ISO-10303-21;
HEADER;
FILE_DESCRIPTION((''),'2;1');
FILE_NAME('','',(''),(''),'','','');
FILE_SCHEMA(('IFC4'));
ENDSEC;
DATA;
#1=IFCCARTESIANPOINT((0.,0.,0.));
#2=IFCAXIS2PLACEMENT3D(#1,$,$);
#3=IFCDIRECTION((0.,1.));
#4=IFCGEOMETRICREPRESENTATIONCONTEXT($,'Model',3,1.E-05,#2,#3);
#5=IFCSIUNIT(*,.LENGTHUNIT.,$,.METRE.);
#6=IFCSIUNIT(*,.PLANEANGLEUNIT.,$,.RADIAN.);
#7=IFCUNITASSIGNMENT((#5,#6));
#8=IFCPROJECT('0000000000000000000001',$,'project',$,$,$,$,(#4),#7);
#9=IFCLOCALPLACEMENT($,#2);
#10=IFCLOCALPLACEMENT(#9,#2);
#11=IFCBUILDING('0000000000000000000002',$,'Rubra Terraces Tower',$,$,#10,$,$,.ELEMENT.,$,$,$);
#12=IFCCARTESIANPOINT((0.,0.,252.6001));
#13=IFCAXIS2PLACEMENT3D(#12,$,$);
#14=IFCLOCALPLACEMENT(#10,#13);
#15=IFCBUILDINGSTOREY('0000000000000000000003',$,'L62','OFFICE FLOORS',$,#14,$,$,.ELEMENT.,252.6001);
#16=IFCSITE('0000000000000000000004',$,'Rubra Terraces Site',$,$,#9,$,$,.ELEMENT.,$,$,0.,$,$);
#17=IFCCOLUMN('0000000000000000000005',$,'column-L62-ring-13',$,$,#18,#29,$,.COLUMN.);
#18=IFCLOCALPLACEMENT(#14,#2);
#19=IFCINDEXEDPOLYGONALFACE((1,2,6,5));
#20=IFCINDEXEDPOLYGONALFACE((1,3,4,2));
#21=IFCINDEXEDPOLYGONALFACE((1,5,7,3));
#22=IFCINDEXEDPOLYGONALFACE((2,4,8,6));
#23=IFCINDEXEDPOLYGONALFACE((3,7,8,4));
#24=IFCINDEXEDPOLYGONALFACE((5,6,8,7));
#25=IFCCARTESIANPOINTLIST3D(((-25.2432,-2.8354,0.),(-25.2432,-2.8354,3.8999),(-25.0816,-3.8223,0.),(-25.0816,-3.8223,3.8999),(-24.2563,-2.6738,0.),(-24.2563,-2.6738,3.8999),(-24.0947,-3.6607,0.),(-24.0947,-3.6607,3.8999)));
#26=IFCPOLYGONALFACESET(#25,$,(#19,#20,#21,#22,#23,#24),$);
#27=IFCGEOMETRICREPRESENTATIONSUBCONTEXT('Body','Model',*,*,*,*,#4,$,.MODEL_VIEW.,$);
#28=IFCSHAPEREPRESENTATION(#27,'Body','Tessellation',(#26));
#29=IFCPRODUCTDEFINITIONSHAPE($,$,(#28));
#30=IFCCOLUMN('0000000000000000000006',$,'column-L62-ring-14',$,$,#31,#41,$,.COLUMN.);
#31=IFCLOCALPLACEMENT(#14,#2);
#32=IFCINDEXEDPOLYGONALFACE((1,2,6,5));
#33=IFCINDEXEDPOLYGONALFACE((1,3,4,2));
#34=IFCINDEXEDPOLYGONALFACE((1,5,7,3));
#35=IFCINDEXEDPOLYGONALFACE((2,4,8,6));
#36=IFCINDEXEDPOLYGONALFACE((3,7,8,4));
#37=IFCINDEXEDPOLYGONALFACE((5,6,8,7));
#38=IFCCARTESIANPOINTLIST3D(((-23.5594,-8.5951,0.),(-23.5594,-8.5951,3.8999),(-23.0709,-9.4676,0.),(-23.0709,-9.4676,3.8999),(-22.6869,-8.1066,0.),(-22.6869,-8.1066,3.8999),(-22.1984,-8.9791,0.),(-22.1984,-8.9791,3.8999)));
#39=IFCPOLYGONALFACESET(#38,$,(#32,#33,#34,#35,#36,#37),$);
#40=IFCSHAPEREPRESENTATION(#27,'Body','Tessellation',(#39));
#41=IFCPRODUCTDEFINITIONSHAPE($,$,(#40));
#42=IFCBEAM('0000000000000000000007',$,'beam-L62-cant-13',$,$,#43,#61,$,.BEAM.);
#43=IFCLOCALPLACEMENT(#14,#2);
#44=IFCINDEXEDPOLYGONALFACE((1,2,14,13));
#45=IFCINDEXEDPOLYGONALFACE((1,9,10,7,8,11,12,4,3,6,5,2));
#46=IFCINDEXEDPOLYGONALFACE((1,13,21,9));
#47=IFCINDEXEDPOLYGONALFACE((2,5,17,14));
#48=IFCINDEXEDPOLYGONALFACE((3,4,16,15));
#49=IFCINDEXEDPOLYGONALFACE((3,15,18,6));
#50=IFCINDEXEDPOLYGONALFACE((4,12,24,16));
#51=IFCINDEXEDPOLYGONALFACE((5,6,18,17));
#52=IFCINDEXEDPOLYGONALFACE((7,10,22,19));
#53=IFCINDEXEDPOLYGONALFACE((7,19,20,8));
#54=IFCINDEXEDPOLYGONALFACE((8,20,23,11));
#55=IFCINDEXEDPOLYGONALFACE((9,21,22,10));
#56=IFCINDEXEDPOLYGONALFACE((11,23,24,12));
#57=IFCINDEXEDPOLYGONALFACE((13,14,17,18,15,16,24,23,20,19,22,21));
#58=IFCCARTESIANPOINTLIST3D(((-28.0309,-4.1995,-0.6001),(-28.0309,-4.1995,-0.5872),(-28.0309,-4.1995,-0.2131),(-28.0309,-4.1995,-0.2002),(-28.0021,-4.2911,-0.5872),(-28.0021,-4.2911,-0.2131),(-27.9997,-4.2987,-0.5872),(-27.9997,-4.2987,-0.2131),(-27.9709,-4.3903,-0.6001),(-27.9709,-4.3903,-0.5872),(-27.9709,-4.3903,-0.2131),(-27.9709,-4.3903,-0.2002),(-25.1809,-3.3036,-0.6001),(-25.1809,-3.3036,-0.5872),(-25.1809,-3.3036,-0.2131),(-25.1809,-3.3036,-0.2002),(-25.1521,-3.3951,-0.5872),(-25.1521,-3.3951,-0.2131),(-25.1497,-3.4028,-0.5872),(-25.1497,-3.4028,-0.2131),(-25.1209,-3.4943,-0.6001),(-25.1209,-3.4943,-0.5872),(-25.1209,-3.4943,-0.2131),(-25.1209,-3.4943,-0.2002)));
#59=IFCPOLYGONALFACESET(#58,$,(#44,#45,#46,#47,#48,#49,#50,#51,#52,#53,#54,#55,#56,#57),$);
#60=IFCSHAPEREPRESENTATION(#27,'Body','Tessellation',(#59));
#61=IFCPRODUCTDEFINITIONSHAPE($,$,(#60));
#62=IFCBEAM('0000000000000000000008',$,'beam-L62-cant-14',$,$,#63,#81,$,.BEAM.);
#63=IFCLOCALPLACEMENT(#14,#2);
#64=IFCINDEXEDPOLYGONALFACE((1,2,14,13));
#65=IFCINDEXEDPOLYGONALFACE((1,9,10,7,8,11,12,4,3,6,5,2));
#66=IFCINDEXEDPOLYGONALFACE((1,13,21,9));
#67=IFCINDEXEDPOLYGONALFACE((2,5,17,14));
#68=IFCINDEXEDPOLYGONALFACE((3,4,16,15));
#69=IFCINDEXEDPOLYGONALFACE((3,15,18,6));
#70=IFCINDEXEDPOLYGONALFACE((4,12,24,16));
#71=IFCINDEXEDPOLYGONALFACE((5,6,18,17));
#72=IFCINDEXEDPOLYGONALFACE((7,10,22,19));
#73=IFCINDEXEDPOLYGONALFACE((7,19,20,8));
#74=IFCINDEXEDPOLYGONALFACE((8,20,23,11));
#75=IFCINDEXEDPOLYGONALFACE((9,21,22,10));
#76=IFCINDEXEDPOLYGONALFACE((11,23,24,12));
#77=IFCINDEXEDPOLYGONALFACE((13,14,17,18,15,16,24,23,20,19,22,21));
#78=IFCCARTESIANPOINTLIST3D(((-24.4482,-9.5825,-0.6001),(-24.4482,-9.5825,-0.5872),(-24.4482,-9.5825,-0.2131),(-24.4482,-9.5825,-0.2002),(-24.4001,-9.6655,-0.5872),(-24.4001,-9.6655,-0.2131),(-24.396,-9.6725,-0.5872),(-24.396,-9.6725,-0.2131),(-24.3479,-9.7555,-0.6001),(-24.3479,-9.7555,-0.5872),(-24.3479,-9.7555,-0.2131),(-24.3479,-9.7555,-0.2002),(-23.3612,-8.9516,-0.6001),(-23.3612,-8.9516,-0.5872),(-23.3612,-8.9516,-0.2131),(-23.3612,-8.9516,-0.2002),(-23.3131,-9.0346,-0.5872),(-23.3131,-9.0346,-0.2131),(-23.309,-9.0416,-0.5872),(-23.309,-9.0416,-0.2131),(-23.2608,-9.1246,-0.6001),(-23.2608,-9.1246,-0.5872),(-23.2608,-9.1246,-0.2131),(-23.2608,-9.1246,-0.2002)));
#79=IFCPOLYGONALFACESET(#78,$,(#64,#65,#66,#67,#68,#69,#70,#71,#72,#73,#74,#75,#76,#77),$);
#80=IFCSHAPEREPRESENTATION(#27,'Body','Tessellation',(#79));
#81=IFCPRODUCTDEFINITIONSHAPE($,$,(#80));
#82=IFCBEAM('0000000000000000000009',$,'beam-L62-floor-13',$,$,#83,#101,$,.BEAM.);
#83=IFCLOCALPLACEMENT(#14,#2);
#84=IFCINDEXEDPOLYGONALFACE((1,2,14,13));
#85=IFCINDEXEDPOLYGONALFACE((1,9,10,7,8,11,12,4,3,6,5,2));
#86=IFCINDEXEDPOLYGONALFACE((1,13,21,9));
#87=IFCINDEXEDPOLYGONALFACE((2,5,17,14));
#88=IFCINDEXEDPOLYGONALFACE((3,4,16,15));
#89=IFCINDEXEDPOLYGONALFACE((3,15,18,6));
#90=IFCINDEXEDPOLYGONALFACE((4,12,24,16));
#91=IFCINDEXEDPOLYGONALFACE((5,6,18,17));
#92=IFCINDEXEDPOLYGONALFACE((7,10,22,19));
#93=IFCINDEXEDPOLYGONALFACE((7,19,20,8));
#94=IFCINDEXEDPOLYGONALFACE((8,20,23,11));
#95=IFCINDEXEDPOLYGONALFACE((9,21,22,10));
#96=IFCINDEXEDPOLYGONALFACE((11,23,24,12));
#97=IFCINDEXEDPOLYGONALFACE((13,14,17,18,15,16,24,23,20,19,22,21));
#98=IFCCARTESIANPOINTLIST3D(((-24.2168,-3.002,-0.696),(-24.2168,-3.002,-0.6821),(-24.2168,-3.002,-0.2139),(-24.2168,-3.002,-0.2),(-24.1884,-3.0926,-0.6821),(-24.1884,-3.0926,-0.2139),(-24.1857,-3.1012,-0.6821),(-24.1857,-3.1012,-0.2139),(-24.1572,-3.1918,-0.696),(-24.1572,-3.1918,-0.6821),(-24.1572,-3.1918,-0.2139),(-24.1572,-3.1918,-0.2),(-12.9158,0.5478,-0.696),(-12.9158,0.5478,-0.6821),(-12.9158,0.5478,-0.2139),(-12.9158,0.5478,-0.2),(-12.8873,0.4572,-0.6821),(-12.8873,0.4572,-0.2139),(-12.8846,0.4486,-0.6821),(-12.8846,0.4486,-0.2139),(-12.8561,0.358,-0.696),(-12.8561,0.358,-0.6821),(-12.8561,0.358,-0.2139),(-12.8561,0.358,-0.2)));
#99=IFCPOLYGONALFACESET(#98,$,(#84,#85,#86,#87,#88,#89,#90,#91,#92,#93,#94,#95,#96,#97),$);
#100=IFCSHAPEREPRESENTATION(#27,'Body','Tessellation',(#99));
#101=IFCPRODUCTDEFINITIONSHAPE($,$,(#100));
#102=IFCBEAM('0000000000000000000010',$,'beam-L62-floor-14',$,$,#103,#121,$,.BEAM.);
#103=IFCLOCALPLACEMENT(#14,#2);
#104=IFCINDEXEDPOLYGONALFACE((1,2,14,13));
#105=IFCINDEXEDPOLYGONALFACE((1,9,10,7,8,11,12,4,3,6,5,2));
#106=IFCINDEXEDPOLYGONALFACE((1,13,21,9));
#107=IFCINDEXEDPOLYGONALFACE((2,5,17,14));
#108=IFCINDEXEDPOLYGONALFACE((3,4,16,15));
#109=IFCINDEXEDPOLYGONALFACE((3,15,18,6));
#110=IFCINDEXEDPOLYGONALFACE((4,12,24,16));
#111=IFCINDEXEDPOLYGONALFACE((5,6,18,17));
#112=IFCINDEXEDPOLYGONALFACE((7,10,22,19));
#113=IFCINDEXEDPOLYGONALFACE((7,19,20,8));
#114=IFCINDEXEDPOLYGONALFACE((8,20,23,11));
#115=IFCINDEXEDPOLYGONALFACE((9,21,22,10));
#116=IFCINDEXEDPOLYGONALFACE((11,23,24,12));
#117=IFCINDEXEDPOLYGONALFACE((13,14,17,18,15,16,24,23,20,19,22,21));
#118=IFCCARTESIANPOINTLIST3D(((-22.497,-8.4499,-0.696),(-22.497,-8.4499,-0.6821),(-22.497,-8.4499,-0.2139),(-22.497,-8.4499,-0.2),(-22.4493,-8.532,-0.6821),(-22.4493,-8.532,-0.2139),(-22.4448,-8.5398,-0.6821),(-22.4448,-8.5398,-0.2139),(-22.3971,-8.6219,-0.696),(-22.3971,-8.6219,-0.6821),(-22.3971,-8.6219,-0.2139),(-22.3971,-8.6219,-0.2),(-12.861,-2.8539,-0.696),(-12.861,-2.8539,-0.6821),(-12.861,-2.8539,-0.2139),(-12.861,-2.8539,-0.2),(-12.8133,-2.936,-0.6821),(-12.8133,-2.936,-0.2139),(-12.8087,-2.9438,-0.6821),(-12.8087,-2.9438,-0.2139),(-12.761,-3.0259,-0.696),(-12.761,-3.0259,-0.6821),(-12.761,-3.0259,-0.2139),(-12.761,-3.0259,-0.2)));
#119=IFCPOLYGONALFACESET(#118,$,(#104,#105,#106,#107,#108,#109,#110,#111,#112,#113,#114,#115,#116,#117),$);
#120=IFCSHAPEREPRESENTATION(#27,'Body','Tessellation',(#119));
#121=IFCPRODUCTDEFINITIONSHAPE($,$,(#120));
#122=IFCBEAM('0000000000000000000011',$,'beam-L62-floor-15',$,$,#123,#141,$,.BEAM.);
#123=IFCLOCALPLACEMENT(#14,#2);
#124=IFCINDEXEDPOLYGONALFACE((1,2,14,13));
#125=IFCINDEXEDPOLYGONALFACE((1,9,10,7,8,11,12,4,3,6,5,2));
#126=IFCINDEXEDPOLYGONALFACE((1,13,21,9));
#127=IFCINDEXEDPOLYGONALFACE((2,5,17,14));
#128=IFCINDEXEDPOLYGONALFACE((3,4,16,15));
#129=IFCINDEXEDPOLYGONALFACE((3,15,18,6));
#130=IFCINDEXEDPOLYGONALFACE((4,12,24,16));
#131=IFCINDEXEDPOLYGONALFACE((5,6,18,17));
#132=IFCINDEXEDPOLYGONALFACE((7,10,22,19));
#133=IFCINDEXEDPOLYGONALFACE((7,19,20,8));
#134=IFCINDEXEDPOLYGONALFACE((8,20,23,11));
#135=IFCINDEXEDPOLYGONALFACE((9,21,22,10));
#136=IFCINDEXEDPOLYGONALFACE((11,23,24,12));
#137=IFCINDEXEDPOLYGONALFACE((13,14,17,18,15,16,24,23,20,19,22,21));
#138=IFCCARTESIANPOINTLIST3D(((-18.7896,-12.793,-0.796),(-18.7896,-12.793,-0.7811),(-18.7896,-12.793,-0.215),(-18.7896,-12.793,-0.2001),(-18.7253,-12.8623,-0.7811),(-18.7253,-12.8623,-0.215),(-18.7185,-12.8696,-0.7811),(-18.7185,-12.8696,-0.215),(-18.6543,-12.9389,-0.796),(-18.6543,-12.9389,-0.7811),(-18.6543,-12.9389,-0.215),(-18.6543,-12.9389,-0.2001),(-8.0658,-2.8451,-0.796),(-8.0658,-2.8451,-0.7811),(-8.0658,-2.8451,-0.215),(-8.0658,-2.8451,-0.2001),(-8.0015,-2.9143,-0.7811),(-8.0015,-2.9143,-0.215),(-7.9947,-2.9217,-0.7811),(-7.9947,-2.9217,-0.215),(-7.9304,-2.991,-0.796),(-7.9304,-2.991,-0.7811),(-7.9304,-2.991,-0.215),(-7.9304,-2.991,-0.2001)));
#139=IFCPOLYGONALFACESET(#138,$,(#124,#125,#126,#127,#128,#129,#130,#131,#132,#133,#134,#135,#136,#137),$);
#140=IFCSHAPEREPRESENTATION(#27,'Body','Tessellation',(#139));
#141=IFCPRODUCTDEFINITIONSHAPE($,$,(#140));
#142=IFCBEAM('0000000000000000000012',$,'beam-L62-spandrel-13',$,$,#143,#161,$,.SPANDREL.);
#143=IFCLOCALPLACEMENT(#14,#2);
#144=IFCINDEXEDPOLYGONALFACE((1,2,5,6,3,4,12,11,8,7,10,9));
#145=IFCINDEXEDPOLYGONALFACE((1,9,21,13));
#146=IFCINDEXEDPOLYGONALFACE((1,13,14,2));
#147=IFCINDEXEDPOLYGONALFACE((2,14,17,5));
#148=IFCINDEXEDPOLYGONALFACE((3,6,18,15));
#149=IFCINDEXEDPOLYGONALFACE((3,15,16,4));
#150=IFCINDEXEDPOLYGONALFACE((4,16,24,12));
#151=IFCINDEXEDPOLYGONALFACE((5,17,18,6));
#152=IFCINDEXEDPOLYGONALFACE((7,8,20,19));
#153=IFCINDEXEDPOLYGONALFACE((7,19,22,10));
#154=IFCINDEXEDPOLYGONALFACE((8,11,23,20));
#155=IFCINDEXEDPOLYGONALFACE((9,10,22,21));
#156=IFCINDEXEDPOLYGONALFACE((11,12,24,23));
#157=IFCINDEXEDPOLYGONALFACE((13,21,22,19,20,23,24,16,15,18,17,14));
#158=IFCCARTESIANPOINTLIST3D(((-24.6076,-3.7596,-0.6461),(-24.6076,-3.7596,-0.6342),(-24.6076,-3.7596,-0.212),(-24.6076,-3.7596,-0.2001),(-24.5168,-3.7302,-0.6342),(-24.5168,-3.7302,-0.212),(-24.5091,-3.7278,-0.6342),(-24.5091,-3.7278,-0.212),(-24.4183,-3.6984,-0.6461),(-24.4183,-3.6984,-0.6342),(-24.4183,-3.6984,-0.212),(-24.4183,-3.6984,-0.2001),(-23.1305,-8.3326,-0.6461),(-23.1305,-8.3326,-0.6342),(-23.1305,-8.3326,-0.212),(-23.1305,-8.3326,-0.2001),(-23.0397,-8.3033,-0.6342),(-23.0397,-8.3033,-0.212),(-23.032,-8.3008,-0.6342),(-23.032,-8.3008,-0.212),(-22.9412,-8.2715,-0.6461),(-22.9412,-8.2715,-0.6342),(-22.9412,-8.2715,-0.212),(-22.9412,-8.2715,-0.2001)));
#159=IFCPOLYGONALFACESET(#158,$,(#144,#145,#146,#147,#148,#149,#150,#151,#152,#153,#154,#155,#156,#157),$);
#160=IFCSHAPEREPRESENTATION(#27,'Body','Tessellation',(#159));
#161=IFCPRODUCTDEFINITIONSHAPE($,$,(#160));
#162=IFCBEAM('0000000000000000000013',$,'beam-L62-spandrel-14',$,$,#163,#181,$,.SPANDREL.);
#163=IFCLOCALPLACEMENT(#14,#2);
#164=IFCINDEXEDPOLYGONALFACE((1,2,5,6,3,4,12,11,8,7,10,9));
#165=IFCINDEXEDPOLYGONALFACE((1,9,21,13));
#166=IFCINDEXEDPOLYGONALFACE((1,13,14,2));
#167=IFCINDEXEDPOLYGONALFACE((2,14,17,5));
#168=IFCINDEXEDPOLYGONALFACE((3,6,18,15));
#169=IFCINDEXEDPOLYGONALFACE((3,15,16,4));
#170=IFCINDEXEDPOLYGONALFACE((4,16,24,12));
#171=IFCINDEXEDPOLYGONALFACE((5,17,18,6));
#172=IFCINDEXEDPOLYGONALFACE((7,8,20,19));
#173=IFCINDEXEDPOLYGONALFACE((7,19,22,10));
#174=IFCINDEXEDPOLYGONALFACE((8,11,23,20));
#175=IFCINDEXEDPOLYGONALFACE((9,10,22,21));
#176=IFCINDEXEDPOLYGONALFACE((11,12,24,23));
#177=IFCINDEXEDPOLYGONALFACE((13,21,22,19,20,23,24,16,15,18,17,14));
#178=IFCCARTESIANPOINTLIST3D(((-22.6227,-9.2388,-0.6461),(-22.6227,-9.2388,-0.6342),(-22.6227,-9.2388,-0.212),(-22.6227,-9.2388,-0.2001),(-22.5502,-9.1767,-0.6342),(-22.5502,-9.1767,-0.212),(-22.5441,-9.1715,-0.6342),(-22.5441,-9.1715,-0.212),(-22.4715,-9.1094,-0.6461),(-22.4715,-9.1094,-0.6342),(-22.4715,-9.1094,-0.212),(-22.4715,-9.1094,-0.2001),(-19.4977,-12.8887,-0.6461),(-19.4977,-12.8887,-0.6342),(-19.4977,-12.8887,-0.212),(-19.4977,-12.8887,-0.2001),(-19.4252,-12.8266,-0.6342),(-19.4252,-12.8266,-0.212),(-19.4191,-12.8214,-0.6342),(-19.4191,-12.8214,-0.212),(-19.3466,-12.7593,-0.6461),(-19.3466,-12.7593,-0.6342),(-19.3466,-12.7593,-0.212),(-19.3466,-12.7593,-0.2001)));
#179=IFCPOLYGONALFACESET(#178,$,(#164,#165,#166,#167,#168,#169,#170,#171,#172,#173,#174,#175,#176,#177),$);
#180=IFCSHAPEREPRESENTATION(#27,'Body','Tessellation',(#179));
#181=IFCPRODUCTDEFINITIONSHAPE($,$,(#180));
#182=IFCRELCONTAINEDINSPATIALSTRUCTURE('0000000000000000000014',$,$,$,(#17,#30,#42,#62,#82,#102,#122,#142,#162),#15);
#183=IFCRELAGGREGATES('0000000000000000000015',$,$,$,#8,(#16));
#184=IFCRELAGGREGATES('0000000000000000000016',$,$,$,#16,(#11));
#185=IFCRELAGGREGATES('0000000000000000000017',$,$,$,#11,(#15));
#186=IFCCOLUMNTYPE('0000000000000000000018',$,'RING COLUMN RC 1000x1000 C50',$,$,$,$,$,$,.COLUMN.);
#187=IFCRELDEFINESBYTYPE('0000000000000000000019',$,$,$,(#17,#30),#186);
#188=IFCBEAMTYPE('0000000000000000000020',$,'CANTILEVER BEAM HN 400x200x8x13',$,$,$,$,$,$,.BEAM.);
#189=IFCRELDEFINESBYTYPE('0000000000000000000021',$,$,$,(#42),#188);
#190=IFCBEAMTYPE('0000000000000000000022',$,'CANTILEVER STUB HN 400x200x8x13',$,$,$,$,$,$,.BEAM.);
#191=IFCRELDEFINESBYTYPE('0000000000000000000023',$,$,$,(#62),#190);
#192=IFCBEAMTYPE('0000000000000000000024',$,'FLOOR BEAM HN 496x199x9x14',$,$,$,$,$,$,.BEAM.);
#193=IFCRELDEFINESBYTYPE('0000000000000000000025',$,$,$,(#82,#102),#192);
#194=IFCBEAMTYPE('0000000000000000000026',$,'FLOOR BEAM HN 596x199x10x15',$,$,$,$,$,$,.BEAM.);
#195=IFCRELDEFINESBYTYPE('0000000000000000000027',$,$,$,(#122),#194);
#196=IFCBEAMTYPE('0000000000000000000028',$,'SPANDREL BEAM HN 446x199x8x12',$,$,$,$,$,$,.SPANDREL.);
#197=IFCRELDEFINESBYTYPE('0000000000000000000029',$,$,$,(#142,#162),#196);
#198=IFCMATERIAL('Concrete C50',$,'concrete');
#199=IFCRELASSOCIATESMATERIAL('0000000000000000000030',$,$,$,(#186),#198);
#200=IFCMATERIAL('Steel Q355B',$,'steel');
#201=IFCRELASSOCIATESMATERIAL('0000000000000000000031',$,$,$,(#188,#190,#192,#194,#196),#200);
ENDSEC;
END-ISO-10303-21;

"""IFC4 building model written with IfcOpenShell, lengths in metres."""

from ifc_helpers import new_model, si_unit, direction, frame, origin, origin_2d, place, context, subcontext, project, spatial, rectangle, i_section, extrude, material, material_profile, profile_set, type_object, element, save


model = new_model("IFC4")

# Units and contexts
model_context = context("Model", 3, precision=1e-05, world=origin(), true_north=direction((0.0, 1.0)))
body_context = subcontext(model_context, "Body", "Model", "MODEL_VIEW")
ifc_project = project(units=[si_unit("LENGTHUNIT", "METRE"), si_unit("PLANEANGLEUNIT", "RADIAN")], contexts=[model_context])

# Site, building, storey
site_placement = place(None, origin())
site = spatial("IfcSite", under=ifc_project, at=site_placement, Name="Rubra Terraces Site", CompositionType="ELEMENT", RefElevation=0.0)
building_placement = place(site_placement, origin())
building = spatial("IfcBuilding", under=site, at=building_placement, Name="Rubra Terraces Tower", CompositionType="ELEMENT")
storey_placement = place(building_placement, frame((0.0, 0.0, 252.6001)))
storey = spatial("IfcBuildingStorey", under=building, at=storey_placement, Name="L62", Description="OFFICE FLOORS", CompositionType="ELEMENT", Elevation=252.6001)

# Columns
ifc_material_1 = material(Name="Concrete C50", Category="concrete")
ifc_material_profile_1 = material_profile(ifc_material_1, rectangle(XDim=1.0, YDim=1.0, at=origin_2d()), Name="RC 1000x1000")
ifc_profile_set_1 = profile_set([ifc_material_profile_1], Name="Concrete C50")
column_type = type_object("IfcColumnType", Name="RING COLUMN RC 1000x1000 C50", PredefinedType="COLUMN", material=ifc_profile_set_1)
for number, where, z_axis, x_axis, name in (
    (1, (-24.6689, -3.248, 0.0), (0.0, 0.0, 1.0), (0.161559, -0.986863, 0.0), "column-L62-ring-13"),
    (2, (-22.8789, -8.7871, 0.0), (0.0, 0.0, 1.0), (0.488526, -0.872549, 0.0), "column-L62-ring-14"),
):
    element("IfcColumn", number, at=place(storey_placement, frame(where, z_axis=z_axis, x_axis=x_axis)), inside=storey, type_object=column_type, Name=name, PredefinedType="COLUMN", context=body_context, shape_type="SweptSolid", body=[
        extrude(rectangle(XDim=1.0, YDim=1.0, at=origin_2d()), origin(), (0.0, 0.0, 1.0), 3.8999),
    ])

# Beams
ifc_material_2 = material(Name="Steel Q355B", Category="steel")
ifc_material_profile_2 = material_profile(ifc_material_2, i_section(OverallWidth=0.2, OverallDepth=0.3999, WebThickness=0.0081, FlangeThickness=0.0129, at=origin_2d()), Name="HN 400x200x8x13")
ifc_profile_set_2 = profile_set([ifc_material_profile_2], Name="Steel Q355B")
beam_type_1 = type_object("IfcBeamType", Name="CANTILEVER BEAM HN 400x200x8x13", PredefinedType="BEAM", material=ifc_profile_set_2)
beam_1_placement = place(storey_placement, frame((-25.1509, -3.3989, -0.4001), z_axis=(-0.95397, -0.299903, 0.0), x_axis=(0.299903, -0.95397, 0.0)))
element("IfcBeam", 3, at=beam_1_placement, inside=storey, type_object=beam_type_1, Name="beam-L62-cant-13", PredefinedType="BEAM", context=body_context, shape_type="SweptSolid", body=[
    extrude(i_section(OverallWidth=0.2, OverallDepth=0.3999, WebThickness=0.0081, FlangeThickness=0.0129, at=origin_2d()), origin(), (0.0, 0.0, 1.0), 2.9875),
])
ifc_material_profile_3 = material_profile(ifc_material_2, i_section(OverallWidth=0.2, OverallDepth=0.3999, WebThickness=0.0081, FlangeThickness=0.0129, at=origin_2d()), Name="HN 400x200x8x13")
ifc_profile_set_3 = profile_set([ifc_material_profile_3], Name="Steel Q355B")
beam_type_2 = type_object("IfcBeamType", Name="CANTILEVER STUB HN 400x200x8x13", PredefinedType="BEAM", material=ifc_profile_set_3)
beam_2_placement = place(storey_placement, frame((-23.311, -9.0381, -0.4001), z_axis=(-0.864876, -0.501986, 0.0), x_axis=(0.501986, -0.864876, 0.0)))
element("IfcBeam", 4, at=beam_2_placement, inside=storey, type_object=beam_type_2, Name="beam-L62-cant-14", PredefinedType="BEAM", context=body_context, shape_type="SweptSolid", body=[
    extrude(i_section(OverallWidth=0.2, OverallDepth=0.3999, WebThickness=0.0081, FlangeThickness=0.0129, at=origin_2d()), origin(), (0.0, 0.0, 1.0), 1.2568),
])
ifc_material_profile_4 = material_profile(ifc_material_2, i_section(OverallWidth=0.199, OverallDepth=0.4961, WebThickness=0.009, FlangeThickness=0.0139, at=origin_2d()), Name="HN 496x199x9x14")
ifc_profile_set_4 = profile_set([ifc_material_profile_4], Name="Steel Q355B")
beam_type_3 = type_object("IfcBeamType", Name="FLOOR BEAM HN 496x199x9x14", PredefinedType="BEAM", material=ifc_profile_set_4)
beam_3_placement = place(storey_placement, frame((-24.187, -3.0969, -0.448), z_axis=(0.954041, 0.299677, 0.0), x_axis=(-0.299677, 0.954041, 0.0)))
element("IfcBeam", 5, at=beam_3_placement, inside=storey, type_object=beam_type_3, Name="beam-L62-floor-13", PredefinedType="BEAM", context=body_context, shape_type="SweptSolid", body=[
    extrude(i_section(OverallWidth=0.199, OverallDepth=0.4961, WebThickness=0.009, FlangeThickness=0.0139, at=origin_2d()), origin(), (0.0, 0.0, 1.0), 11.8455),
])
beam_4_placement = place(storey_placement, frame((-22.447, -8.5359, -0.448), z_axis=(0.864755, 0.502193, 0.0), x_axis=(-0.502193, 0.864755, 0.0)))
element("IfcBeam", 6, at=beam_4_placement, inside=storey, type_object=beam_type_3, Name="beam-L62-floor-14", PredefinedType="BEAM", context=body_context, shape_type="SweptSolid", body=[
    extrude(i_section(OverallWidth=0.199, OverallDepth=0.4961, WebThickness=0.009, FlangeThickness=0.0139, at=origin_2d()), origin(), (0.0, 0.0, 1.0), 11.1431),
])
ifc_material_profile_5 = material_profile(ifc_material_2, i_section(OverallWidth=0.199, OverallDepth=0.5959, WebThickness=0.01, FlangeThickness=0.0149, at=origin_2d()), Name="HN 596x199x10x15")
ifc_profile_set_5 = profile_set([ifc_material_profile_5], Name="Steel Q355B")
beam_type_4 = type_object("IfcBeamType", Name="FLOOR BEAM HN 596x199x10x15", PredefinedType="BEAM", material=ifc_profile_set_5)
beam_5_placement = place(storey_placement, frame((-18.7219, -12.866, -0.498), z_axis=(0.73313, 0.680088, 0.0), x_axis=(-0.680088, 0.73313, 0.0)))
element("IfcBeam", 7, at=beam_5_placement, inside=storey, type_object=beam_type_4, Name="beam-L62-floor-15", PredefinedType="BEAM", context=body_context, shape_type="SweptSolid", body=[
    extrude(i_section(OverallWidth=0.199, OverallDepth=0.5959, WebThickness=0.01, FlangeThickness=0.0149, at=origin_2d()), origin(), (0.0, 0.0, 1.0), 14.6274),
])
ifc_material_profile_6 = material_profile(ifc_material_2, i_section(OverallWidth=0.199, OverallDepth=0.446, WebThickness=0.0081, FlangeThickness=0.012, at=origin_2d()), Name="HN 446x199x8x12")
ifc_profile_set_6 = profile_set([ifc_material_profile_6], Name="Steel Q355B")
beam_type_5 = type_object("IfcBeamType", Name="SPANDREL BEAM HN 446x199x8x12", PredefinedType="SPANDREL", material=ifc_profile_set_6)
beam_6_placement = place(storey_placement, frame((-24.5129, -3.729, -0.4231), z_axis=(0.307359, -0.951594, 0.0), x_axis=(0.951594, 0.307359, 0.0)))
element("IfcBeam", 8, at=beam_6_placement, inside=storey, type_object=beam_type_5, Name="beam-L62-spandrel-13", PredefinedType="SPANDREL", context=body_context, shape_type="SweptSolid", body=[
    extrude(i_section(OverallWidth=0.199, OverallDepth=0.446, WebThickness=0.0081, FlangeThickness=0.012, at=origin_2d()), origin(), (0.0, 0.0, 1.0), 4.8057),
])
beam_7_placement = place(storey_placement, frame((-22.5471, -9.1741, -0.4231), z_axis=(0.650373, -0.759615, 0.0), x_axis=(0.759615, 0.650373, 0.0)))
element("IfcBeam", 9, at=beam_7_placement, inside=storey, type_object=beam_type_5, Name="beam-L62-spandrel-14", PredefinedType="SPANDREL", context=body_context, shape_type="SweptSolid", body=[
    extrude(i_section(OverallWidth=0.199, OverallDepth=0.446, WebThickness=0.0081, FlangeThickness=0.012, at=origin_2d()), origin(), (0.0, 0.0, 1.0), 4.8049),
])

save(model, "model.ifc")
